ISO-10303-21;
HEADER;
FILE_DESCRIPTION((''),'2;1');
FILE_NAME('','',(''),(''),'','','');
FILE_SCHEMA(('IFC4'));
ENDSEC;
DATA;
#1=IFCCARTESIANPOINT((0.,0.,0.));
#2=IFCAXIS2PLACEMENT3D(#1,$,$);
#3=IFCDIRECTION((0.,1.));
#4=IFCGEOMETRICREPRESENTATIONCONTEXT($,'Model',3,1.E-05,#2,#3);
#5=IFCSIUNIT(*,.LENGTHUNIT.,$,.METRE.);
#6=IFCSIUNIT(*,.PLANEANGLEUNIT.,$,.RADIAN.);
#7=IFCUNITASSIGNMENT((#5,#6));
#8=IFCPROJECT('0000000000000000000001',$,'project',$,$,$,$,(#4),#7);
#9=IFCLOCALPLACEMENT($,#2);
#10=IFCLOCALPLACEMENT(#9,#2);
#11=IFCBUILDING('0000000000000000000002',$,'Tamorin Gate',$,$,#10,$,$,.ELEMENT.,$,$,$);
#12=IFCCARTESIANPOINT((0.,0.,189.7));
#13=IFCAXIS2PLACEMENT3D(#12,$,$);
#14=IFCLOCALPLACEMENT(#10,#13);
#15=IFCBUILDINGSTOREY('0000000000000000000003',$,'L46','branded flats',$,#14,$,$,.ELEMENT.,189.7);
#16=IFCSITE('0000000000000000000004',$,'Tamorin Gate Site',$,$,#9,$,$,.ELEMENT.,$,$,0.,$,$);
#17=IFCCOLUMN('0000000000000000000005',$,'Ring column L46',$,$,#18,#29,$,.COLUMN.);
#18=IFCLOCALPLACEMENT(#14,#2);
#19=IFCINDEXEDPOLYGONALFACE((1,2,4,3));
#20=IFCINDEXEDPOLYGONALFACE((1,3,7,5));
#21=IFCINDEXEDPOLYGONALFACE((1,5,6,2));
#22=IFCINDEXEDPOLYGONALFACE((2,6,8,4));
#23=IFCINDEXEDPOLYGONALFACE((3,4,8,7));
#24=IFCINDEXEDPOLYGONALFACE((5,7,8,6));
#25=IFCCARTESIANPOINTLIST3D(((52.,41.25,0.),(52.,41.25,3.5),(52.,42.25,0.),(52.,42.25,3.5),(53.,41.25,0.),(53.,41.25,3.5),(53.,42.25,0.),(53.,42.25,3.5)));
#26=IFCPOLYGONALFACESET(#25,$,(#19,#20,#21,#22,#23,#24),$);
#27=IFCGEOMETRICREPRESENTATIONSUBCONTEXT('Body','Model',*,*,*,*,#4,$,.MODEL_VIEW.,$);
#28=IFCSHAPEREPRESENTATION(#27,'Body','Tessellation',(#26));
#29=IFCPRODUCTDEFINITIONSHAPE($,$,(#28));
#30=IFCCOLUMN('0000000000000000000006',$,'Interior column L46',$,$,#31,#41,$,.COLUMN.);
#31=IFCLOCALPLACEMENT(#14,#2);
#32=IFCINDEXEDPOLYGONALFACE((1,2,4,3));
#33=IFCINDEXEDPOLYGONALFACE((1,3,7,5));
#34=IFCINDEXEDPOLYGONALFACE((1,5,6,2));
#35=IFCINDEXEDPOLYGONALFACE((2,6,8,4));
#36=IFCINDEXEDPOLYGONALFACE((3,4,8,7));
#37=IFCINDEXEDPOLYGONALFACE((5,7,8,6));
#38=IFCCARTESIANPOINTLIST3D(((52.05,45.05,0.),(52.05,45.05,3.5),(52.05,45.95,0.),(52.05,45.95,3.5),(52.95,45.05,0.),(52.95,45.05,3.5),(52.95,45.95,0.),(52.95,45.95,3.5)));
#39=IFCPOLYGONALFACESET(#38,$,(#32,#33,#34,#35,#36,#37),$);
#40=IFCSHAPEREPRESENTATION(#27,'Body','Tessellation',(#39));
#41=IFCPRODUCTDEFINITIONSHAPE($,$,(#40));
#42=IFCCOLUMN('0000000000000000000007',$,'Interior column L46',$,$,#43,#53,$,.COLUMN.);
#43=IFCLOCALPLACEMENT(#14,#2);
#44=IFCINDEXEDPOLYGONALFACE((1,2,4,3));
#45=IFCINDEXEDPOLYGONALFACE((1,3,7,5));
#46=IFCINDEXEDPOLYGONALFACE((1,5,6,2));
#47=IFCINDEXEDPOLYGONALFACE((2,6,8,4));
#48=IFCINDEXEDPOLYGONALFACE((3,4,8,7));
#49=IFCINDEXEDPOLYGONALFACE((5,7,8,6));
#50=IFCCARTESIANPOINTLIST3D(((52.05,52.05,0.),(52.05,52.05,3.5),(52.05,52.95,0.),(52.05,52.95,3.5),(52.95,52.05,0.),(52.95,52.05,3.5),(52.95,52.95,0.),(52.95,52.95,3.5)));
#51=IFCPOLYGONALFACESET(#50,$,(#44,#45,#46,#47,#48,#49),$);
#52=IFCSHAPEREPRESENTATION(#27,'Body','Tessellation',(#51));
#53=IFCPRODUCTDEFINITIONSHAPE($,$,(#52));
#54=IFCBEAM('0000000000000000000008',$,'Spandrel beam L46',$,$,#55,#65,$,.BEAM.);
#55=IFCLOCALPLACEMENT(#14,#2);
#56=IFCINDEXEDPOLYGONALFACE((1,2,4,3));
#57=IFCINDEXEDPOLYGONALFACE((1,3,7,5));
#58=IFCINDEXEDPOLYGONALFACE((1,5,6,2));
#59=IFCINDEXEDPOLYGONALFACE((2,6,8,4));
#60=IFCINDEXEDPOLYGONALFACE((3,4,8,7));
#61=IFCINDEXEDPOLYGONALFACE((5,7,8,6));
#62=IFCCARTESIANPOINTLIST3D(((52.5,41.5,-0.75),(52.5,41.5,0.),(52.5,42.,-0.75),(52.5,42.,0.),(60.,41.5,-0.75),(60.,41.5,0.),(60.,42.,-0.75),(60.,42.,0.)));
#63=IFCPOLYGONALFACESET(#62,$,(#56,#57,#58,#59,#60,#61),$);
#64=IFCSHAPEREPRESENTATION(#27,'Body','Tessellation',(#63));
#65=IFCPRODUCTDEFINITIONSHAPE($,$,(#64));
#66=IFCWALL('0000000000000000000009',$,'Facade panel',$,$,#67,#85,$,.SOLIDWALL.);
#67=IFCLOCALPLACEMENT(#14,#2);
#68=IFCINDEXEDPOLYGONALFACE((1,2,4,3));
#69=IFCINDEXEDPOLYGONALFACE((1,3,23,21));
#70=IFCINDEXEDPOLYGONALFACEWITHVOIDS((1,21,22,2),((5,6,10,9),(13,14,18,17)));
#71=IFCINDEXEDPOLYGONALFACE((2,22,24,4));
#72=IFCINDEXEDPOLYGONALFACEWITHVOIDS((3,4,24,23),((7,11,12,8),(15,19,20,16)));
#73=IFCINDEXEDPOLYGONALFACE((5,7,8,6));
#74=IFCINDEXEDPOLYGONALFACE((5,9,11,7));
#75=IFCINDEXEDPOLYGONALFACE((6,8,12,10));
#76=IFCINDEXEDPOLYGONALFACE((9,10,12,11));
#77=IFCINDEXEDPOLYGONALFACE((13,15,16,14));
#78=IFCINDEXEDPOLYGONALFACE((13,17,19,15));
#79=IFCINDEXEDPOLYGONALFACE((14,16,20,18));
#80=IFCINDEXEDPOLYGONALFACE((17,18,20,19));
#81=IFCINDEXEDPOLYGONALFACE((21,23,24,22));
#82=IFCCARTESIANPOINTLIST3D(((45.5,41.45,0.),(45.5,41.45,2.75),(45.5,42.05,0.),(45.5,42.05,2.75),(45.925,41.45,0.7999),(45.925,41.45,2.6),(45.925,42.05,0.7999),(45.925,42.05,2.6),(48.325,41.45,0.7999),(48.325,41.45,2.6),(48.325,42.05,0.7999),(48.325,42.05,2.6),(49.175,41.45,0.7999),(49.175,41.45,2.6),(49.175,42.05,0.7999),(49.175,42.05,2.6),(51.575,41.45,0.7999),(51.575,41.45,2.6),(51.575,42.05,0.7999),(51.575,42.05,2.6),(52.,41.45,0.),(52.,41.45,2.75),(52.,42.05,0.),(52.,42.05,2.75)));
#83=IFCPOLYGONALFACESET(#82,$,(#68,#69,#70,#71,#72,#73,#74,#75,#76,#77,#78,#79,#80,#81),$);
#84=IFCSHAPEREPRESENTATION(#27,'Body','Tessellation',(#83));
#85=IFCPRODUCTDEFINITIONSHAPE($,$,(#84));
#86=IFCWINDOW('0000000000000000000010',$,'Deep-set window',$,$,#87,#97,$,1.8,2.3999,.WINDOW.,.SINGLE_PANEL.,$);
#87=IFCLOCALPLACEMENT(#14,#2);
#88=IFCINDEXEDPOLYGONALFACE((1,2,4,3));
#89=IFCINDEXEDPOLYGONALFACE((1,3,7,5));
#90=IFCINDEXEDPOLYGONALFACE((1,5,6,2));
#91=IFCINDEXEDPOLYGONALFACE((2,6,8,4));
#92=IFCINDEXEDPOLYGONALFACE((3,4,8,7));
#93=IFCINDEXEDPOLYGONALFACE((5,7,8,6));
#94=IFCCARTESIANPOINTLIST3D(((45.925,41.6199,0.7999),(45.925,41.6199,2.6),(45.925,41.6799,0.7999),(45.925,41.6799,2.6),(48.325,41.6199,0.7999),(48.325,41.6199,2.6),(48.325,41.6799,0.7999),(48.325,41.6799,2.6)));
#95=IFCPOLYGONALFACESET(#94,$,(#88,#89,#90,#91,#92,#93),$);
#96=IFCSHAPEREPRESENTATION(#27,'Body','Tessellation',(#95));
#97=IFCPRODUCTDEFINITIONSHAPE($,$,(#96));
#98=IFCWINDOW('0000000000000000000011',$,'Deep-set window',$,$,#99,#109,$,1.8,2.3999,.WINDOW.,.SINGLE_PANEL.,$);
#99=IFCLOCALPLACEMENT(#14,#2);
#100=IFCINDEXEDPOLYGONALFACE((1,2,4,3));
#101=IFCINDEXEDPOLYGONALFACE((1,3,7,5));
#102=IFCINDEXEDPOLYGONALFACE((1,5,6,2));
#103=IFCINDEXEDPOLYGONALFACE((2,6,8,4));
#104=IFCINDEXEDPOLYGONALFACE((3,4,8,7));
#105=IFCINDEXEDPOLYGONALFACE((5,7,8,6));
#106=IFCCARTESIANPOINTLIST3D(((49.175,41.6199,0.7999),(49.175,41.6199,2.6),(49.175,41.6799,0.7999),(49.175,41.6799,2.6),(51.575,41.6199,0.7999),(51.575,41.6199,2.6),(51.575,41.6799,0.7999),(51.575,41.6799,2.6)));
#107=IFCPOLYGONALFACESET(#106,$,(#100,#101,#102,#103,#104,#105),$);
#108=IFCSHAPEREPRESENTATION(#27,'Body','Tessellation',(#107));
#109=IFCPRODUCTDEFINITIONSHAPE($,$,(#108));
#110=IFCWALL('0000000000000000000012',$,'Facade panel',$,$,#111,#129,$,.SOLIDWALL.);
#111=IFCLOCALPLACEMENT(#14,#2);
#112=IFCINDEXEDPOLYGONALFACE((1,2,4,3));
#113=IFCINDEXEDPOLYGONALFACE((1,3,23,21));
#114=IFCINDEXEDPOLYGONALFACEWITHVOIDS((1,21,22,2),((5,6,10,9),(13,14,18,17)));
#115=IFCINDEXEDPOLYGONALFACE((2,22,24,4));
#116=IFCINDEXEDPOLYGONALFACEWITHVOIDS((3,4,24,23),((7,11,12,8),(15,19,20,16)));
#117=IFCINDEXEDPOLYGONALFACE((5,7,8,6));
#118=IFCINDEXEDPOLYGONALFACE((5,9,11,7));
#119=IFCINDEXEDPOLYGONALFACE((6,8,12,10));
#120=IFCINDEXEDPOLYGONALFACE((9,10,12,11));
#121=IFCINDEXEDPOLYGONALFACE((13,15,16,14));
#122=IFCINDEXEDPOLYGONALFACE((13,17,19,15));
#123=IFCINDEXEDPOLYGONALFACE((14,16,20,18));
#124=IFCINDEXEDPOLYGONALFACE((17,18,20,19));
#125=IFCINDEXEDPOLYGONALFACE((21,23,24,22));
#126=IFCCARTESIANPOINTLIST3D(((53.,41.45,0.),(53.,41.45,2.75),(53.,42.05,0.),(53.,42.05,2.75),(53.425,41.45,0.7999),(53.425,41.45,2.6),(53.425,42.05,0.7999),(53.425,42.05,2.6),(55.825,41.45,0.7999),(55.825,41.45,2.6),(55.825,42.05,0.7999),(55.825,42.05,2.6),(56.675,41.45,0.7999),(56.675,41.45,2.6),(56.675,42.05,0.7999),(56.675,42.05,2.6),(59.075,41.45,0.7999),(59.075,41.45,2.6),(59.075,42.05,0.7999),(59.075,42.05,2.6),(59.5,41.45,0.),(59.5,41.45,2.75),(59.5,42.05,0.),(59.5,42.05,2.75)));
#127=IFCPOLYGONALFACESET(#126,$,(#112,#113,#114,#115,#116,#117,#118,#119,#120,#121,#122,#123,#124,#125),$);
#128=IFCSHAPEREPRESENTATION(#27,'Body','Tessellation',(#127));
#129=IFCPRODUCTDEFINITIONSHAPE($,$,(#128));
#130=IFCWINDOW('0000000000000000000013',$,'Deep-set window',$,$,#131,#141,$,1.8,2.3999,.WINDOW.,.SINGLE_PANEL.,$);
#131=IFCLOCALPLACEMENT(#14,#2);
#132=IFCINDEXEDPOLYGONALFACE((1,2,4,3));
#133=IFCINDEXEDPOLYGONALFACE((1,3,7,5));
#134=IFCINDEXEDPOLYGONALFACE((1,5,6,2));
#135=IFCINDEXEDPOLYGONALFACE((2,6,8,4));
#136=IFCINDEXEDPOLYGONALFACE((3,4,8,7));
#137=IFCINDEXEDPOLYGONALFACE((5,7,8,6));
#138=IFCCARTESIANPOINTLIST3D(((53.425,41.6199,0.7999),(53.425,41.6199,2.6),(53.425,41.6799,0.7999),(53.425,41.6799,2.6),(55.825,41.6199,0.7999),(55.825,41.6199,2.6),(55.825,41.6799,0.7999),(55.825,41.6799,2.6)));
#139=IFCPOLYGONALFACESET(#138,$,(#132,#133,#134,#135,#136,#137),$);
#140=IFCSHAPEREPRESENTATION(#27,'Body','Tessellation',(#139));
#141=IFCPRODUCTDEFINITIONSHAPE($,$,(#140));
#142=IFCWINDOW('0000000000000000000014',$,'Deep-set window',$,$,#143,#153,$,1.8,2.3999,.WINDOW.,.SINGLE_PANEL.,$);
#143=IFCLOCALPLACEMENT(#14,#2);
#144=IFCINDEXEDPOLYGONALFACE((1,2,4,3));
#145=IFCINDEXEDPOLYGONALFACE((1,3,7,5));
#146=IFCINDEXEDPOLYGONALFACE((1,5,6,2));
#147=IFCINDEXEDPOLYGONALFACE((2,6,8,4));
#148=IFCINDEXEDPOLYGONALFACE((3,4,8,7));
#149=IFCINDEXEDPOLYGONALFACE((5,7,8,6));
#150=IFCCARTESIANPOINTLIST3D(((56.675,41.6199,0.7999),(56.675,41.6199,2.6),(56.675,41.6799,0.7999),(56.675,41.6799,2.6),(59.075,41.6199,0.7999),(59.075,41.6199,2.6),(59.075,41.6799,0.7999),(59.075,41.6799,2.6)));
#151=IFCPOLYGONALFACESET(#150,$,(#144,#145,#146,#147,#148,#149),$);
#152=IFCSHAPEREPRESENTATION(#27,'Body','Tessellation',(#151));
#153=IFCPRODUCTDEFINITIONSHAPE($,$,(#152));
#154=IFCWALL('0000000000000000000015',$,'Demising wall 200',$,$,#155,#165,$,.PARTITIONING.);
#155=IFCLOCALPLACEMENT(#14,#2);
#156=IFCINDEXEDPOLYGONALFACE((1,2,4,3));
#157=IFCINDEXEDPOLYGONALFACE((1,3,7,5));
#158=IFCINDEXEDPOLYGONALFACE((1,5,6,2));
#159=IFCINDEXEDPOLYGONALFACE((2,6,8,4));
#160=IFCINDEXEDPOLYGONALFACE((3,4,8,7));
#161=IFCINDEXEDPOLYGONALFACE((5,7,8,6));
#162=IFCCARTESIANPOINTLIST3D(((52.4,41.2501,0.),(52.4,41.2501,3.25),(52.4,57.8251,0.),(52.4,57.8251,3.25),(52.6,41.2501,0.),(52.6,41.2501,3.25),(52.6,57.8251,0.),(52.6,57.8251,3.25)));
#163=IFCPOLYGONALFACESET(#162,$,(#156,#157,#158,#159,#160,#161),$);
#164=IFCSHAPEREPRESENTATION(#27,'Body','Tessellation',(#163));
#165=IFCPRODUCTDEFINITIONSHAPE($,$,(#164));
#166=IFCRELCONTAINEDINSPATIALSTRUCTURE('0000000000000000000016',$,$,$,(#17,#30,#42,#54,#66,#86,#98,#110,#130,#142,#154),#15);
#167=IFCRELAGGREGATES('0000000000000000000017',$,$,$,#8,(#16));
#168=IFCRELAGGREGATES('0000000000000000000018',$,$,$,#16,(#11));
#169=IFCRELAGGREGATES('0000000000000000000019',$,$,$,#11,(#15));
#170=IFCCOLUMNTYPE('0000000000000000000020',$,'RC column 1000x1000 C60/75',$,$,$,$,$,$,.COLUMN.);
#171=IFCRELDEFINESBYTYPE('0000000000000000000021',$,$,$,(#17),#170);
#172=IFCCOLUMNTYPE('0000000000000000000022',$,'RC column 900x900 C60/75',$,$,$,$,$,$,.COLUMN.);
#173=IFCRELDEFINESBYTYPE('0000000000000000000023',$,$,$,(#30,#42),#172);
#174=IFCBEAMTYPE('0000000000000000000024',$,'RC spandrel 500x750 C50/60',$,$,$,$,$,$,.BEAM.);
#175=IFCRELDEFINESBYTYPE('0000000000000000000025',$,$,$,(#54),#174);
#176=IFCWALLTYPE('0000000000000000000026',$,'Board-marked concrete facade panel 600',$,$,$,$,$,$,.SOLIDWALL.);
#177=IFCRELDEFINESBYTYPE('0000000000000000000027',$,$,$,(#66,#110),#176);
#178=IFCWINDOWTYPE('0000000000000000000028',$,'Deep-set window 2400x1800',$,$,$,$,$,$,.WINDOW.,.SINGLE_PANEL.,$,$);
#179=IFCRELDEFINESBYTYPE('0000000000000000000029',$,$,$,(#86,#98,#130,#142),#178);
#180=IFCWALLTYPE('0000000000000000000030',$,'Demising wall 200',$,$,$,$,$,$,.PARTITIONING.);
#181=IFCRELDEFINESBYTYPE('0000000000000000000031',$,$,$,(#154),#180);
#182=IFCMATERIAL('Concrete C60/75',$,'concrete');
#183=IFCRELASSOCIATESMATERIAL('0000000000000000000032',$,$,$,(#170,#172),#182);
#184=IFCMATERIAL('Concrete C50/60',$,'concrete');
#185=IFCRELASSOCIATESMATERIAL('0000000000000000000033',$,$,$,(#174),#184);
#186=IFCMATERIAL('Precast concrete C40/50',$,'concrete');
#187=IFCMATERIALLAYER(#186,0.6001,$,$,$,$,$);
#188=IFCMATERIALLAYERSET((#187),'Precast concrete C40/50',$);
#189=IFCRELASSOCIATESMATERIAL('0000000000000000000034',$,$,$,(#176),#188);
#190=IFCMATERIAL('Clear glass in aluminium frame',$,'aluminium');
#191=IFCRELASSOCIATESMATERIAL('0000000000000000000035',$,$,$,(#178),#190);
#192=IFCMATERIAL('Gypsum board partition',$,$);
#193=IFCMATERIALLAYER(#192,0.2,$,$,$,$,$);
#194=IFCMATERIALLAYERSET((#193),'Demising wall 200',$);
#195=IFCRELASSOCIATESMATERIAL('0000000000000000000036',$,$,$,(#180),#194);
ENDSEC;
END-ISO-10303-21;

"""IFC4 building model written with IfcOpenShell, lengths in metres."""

from ifc_helpers import new_model, si_unit, direction, frame, frame_2d, origin, origin_2d, place, context, subcontext, project, spatial, rectangle, extrude, material, layer, layer_set, material_profile, profile_set, type_object, element, fill, save


model = new_model("IFC4")

# Units and contexts
model_context = context("Model", 3, precision=1e-05, world=origin(), true_north=direction((0.0, 1.0)))
body_context = subcontext(model_context, "Body", "Model", "MODEL_VIEW")
ifc_project = project(units=[si_unit("LENGTHUNIT", "METRE"), si_unit("PLANEANGLEUNIT", "RADIAN")], contexts=[model_context])

# Site, building, storey
site_placement = place(None, origin())
site = spatial("IfcSite", under=ifc_project, at=site_placement, Name="Tamorin Gate Site", CompositionType="ELEMENT", RefElevation=0.0)
building_placement = place(site_placement, origin())
building = spatial("IfcBuilding", under=site, at=building_placement, Name="Tamorin Gate", CompositionType="ELEMENT")
storey_placement = place(building_placement, frame((0.0, 0.0, 189.7)))
storey = spatial("IfcBuildingStorey", under=building, at=storey_placement, Name="L46", Description="branded flats", CompositionType="ELEMENT", Elevation=189.7)

# Columns
ifc_material_1 = material(Name="Concrete C60/75", Category="concrete")
ifc_material_profile_1 = material_profile(ifc_material_1, rectangle(XDim=1.0, YDim=1.0, at=origin_2d()), Name="RC 1000x1000")
ifc_profile_set_1 = profile_set([ifc_material_profile_1], Name="Concrete C60/75")
column_type_1 = type_object("IfcColumnType", Name="RC column 1000x1000 C60/75", PredefinedType="COLUMN", material=ifc_profile_set_1)
column_placement = place(storey_placement, frame((52.5, 41.75, 0.0), z_axis=(0.0, 0.0, 1.0), x_axis=(1.0, 0.0, 0.0)))
element("IfcColumn", 1, at=column_placement, inside=storey, type_object=column_type_1, Name="Ring column L46", PredefinedType="COLUMN", context=body_context, shape_type="SweptSolid", body=[
    extrude(rectangle(XDim=1.0, YDim=1.0, at=origin_2d()), origin(), (0.0, 0.0, 1.0), 3.5),
])
ifc_material_profile_2 = material_profile(ifc_material_1, rectangle(XDim=0.8999, YDim=0.8999, at=origin_2d()), Name="RC 900x900")
ifc_profile_set_2 = profile_set([ifc_material_profile_2], Name="Concrete C60/75")
column_type_2 = type_object("IfcColumnType", Name="RC column 900x900 C60/75", PredefinedType="COLUMN", material=ifc_profile_set_2)
for number, where, z_axis, x_axis, name in (
    (2, (52.5, 45.5, 0.0), (0.0, 0.0, 1.0), (1.0, 0.0, 0.0), "Interior column L46"),
    (3, (52.5, 52.5, 0.0), (0.0, 0.0, 1.0), (1.0, 0.0, 0.0), "Interior column L46"),
):
    element("IfcColumn", number, at=place(storey_placement, frame(where, z_axis=z_axis, x_axis=x_axis)), inside=storey, type_object=column_type_2, Name=name, PredefinedType="COLUMN", context=body_context, shape_type="SweptSolid", body=[
        extrude(rectangle(XDim=0.8999, YDim=0.8999, at=origin_2d()), origin(), (0.0, 0.0, 1.0), 3.5),
    ])

# Beam
ifc_material_2 = material(Name="Concrete C50/60", Category="concrete")
ifc_material_profile_3 = material_profile(ifc_material_2, rectangle(XDim=0.5, YDim=0.75, at=origin_2d()), Name="RC 500x750")
ifc_profile_set_3 = profile_set([ifc_material_profile_3], Name="Concrete C50/60")
beam_type = type_object("IfcBeamType", Name="RC spandrel 500x750 C50/60", PredefinedType="BEAM", material=ifc_profile_set_3)
beam_placement = place(storey_placement, frame((52.5, 41.75, -0.375), z_axis=(1.0, 0.0, 0.0), x_axis=(0.0, 1.0, 0.0)))
element("IfcBeam", 4, at=beam_placement, inside=storey, type_object=beam_type, Name="Spandrel beam L46", PredefinedType="BEAM", context=body_context, shape_type="SweptSolid", body=[
    extrude(rectangle(XDim=0.5, YDim=0.75, at=origin_2d()), origin(), (0.0, 0.0, 1.0), 7.5),
])

# Walls, openings, windows
ifc_material_3 = material(Name="Precast concrete C40/50", Category="concrete")
ifc_layer_1 = layer(ifc_material_3, 0.6001)
ifc_layer_set_1 = layer_set([ifc_layer_1], Name="Precast concrete C40/50")
wall_type_1 = type_object("IfcWallType", Name="Board-marked concrete facade panel 600", PredefinedType="SOLIDWALL", material=ifc_layer_set_1)
wall_1_placement = place(storey_placement, frame((45.5, 41.75, 0.0), z_axis=(0.0, 0.0, 1.0), x_axis=(1.0, 0.0, 0.0)))
wall_1 = element("IfcWall", 5, at=wall_1_placement, inside=storey, type_object=wall_type_1, Name="Facade panel", PredefinedType="SOLIDWALL", context=body_context, shape_type="SweptSolid", body=[
    extrude(rectangle(XDim=6.5, YDim=0.6001, at=frame_2d((3.25, 0.0))), origin(), (0.0, 0.0, 1.0), 2.75),
])
opening_1_placement = place(wall_1_placement, frame((0.425, 0.0, 0.8)))
opening_1 = element("IfcOpeningElement", 6, at=opening_1_placement, cuts=wall_1, PredefinedType="OPENING", context=body_context, shape_type="SweptSolid", body=[
    extrude(rectangle(XDim=2.3999, YDim=1.8, at=frame_2d((1.2, 0.8999))), frame((0.0, 0.3101, 0.0), z_axis=(0.0, -1.0, 0.0), x_axis=(1.0, 0.0, 0.0)), (0.0, 0.0, 1.0), 0.6201),
])
opening_2_placement = place(wall_1_placement, frame((3.675, 0.0, 0.8)))
opening_2 = element("IfcOpeningElement", 7, at=opening_2_placement, cuts=wall_1, PredefinedType="OPENING", context=body_context, shape_type="SweptSolid", body=[
    extrude(rectangle(XDim=2.3999, YDim=1.8, at=frame_2d((1.2, 0.8999))), frame((0.0, 0.3101, 0.0), z_axis=(0.0, -1.0, 0.0), x_axis=(1.0, 0.0, 0.0)), (0.0, 0.0, 1.0), 0.6201),
])
ifc_material_4 = material(Name="Clear glass in aluminium frame", Category="aluminium")
window_type = type_object("IfcWindowType", Name="Deep-set window 2400x1800", PartitioningType="SINGLE_PANEL", PredefinedType="WINDOW", material=ifc_material_4)
window_1_placement = place(opening_1_placement, origin())
window_1 = element("IfcWindow", 8, at=window_1_placement, inside=storey, type_object=window_type, Name="Deep-set window", OverallHeight=1.8, OverallWidth=2.3999, PartitioningType="SINGLE_PANEL", PredefinedType="WINDOW", context=body_context, shape_type="SweptSolid", body=[
    extrude(rectangle(XDim=2.3999, YDim=1.8, at=frame_2d((1.2, 0.8999))), frame((0.0, -0.0701, 0.0), z_axis=(0.0, -1.0, 0.0), x_axis=(1.0, 0.0, 0.0)), (0.0, 0.0, 1.0), 0.0601),
])
fill(opening_1, window_1)
window_2_placement = place(opening_2_placement, origin())
window_2 = element("IfcWindow", 9, at=window_2_placement, inside=storey, type_object=window_type, Name="Deep-set window", OverallHeight=1.8, OverallWidth=2.3999, PartitioningType="SINGLE_PANEL", PredefinedType="WINDOW", context=body_context, shape_type="SweptSolid", body=[
    extrude(rectangle(XDim=2.3999, YDim=1.8, at=frame_2d((1.2, 0.8999))), frame((0.0, -0.0701, 0.0), z_axis=(0.0, -1.0, 0.0), x_axis=(1.0, 0.0, 0.0)), (0.0, 0.0, 1.0), 0.0601),
])
fill(opening_2, window_2)
wall_2_placement = place(storey_placement, frame((53.0, 41.75, 0.0), z_axis=(0.0, 0.0, 1.0), x_axis=(1.0, 0.0, 0.0)))
wall_2 = element("IfcWall", 10, at=wall_2_placement, inside=storey, type_object=wall_type_1, Name="Facade panel", PredefinedType="SOLIDWALL", context=body_context, shape_type="SweptSolid", body=[
    extrude(rectangle(XDim=6.5, YDim=0.6001, at=frame_2d((3.25, 0.0))), origin(), (0.0, 0.0, 1.0), 2.75),
])
opening_3_placement = place(wall_2_placement, frame((0.425, 0.0, 0.8)))
opening_3 = element("IfcOpeningElement", 11, at=opening_3_placement, cuts=wall_2, PredefinedType="OPENING", context=body_context, shape_type="SweptSolid", body=[
    extrude(rectangle(XDim=2.3999, YDim=1.8, at=frame_2d((1.2, 0.8999))), frame((0.0, 0.3101, 0.0), z_axis=(0.0, -1.0, 0.0), x_axis=(1.0, 0.0, 0.0)), (0.0, 0.0, 1.0), 0.6201),
])
opening_4_placement = place(wall_2_placement, frame((3.675, 0.0, 0.8)))
opening_4 = element("IfcOpeningElement", 12, at=opening_4_placement, cuts=wall_2, PredefinedType="OPENING", context=body_context, shape_type="SweptSolid", body=[
    extrude(rectangle(XDim=2.3999, YDim=1.8, at=frame_2d((1.2, 0.8999))), frame((0.0, 0.3101, 0.0), z_axis=(0.0, -1.0, 0.0), x_axis=(1.0, 0.0, 0.0)), (0.0, 0.0, 1.0), 0.6201),
])
window_3_placement = place(opening_3_placement, origin())
window_3 = element("IfcWindow", 13, at=window_3_placement, inside=storey, type_object=window_type, Name="Deep-set window", OverallHeight=1.8, OverallWidth=2.3999, PartitioningType="SINGLE_PANEL", PredefinedType="WINDOW", context=body_context, shape_type="SweptSolid", body=[
    extrude(rectangle(XDim=2.3999, YDim=1.8, at=frame_2d((1.2, 0.8999))), frame((0.0, -0.0701, 0.0), z_axis=(0.0, -1.0, 0.0), x_axis=(1.0, 0.0, 0.0)), (0.0, 0.0, 1.0), 0.0601),
])
fill(opening_3, window_3)
window_4_placement = place(opening_4_placement, origin())
window_4 = element("IfcWindow", 14, at=window_4_placement, inside=storey, type_object=window_type, Name="Deep-set window", OverallHeight=1.8, OverallWidth=2.3999, PartitioningType="SINGLE_PANEL", PredefinedType="WINDOW", context=body_context, shape_type="SweptSolid", body=[
    extrude(rectangle(XDim=2.3999, YDim=1.8, at=frame_2d((1.2, 0.8999))), frame((0.0, -0.0701, 0.0), z_axis=(0.0, -1.0, 0.0), x_axis=(1.0, 0.0, 0.0)), (0.0, 0.0, 1.0), 0.0601),
])
fill(opening_4, window_4)

# Wall
ifc_material_5 = material(Name="Gypsum board partition")
ifc_layer_2 = layer(ifc_material_5, 0.2)
ifc_layer_set_2 = layer_set([ifc_layer_2], Name="Demising wall 200")
wall_type_2 = type_object("IfcWallType", Name="Demising wall 200", PredefinedType="PARTITIONING", material=ifc_layer_set_2)
wall_3_placement = place(storey_placement, frame((52.5, 41.25, 0.0), z_axis=(0.0, 0.0, 1.0), x_axis=(0.0, 1.0, 0.0)))
element("IfcWall", 15, at=wall_3_placement, inside=storey, type_object=wall_type_2, Name="Demising wall 200", PredefinedType="PARTITIONING", context=body_context, shape_type="SweptSolid", body=[
    extrude(rectangle(XDim=16.575, YDim=0.2, at=frame_2d((8.2876, 0.0))), origin(), (0.0, 0.0, 1.0), 3.25),
])

save(model, "model.ifc")
